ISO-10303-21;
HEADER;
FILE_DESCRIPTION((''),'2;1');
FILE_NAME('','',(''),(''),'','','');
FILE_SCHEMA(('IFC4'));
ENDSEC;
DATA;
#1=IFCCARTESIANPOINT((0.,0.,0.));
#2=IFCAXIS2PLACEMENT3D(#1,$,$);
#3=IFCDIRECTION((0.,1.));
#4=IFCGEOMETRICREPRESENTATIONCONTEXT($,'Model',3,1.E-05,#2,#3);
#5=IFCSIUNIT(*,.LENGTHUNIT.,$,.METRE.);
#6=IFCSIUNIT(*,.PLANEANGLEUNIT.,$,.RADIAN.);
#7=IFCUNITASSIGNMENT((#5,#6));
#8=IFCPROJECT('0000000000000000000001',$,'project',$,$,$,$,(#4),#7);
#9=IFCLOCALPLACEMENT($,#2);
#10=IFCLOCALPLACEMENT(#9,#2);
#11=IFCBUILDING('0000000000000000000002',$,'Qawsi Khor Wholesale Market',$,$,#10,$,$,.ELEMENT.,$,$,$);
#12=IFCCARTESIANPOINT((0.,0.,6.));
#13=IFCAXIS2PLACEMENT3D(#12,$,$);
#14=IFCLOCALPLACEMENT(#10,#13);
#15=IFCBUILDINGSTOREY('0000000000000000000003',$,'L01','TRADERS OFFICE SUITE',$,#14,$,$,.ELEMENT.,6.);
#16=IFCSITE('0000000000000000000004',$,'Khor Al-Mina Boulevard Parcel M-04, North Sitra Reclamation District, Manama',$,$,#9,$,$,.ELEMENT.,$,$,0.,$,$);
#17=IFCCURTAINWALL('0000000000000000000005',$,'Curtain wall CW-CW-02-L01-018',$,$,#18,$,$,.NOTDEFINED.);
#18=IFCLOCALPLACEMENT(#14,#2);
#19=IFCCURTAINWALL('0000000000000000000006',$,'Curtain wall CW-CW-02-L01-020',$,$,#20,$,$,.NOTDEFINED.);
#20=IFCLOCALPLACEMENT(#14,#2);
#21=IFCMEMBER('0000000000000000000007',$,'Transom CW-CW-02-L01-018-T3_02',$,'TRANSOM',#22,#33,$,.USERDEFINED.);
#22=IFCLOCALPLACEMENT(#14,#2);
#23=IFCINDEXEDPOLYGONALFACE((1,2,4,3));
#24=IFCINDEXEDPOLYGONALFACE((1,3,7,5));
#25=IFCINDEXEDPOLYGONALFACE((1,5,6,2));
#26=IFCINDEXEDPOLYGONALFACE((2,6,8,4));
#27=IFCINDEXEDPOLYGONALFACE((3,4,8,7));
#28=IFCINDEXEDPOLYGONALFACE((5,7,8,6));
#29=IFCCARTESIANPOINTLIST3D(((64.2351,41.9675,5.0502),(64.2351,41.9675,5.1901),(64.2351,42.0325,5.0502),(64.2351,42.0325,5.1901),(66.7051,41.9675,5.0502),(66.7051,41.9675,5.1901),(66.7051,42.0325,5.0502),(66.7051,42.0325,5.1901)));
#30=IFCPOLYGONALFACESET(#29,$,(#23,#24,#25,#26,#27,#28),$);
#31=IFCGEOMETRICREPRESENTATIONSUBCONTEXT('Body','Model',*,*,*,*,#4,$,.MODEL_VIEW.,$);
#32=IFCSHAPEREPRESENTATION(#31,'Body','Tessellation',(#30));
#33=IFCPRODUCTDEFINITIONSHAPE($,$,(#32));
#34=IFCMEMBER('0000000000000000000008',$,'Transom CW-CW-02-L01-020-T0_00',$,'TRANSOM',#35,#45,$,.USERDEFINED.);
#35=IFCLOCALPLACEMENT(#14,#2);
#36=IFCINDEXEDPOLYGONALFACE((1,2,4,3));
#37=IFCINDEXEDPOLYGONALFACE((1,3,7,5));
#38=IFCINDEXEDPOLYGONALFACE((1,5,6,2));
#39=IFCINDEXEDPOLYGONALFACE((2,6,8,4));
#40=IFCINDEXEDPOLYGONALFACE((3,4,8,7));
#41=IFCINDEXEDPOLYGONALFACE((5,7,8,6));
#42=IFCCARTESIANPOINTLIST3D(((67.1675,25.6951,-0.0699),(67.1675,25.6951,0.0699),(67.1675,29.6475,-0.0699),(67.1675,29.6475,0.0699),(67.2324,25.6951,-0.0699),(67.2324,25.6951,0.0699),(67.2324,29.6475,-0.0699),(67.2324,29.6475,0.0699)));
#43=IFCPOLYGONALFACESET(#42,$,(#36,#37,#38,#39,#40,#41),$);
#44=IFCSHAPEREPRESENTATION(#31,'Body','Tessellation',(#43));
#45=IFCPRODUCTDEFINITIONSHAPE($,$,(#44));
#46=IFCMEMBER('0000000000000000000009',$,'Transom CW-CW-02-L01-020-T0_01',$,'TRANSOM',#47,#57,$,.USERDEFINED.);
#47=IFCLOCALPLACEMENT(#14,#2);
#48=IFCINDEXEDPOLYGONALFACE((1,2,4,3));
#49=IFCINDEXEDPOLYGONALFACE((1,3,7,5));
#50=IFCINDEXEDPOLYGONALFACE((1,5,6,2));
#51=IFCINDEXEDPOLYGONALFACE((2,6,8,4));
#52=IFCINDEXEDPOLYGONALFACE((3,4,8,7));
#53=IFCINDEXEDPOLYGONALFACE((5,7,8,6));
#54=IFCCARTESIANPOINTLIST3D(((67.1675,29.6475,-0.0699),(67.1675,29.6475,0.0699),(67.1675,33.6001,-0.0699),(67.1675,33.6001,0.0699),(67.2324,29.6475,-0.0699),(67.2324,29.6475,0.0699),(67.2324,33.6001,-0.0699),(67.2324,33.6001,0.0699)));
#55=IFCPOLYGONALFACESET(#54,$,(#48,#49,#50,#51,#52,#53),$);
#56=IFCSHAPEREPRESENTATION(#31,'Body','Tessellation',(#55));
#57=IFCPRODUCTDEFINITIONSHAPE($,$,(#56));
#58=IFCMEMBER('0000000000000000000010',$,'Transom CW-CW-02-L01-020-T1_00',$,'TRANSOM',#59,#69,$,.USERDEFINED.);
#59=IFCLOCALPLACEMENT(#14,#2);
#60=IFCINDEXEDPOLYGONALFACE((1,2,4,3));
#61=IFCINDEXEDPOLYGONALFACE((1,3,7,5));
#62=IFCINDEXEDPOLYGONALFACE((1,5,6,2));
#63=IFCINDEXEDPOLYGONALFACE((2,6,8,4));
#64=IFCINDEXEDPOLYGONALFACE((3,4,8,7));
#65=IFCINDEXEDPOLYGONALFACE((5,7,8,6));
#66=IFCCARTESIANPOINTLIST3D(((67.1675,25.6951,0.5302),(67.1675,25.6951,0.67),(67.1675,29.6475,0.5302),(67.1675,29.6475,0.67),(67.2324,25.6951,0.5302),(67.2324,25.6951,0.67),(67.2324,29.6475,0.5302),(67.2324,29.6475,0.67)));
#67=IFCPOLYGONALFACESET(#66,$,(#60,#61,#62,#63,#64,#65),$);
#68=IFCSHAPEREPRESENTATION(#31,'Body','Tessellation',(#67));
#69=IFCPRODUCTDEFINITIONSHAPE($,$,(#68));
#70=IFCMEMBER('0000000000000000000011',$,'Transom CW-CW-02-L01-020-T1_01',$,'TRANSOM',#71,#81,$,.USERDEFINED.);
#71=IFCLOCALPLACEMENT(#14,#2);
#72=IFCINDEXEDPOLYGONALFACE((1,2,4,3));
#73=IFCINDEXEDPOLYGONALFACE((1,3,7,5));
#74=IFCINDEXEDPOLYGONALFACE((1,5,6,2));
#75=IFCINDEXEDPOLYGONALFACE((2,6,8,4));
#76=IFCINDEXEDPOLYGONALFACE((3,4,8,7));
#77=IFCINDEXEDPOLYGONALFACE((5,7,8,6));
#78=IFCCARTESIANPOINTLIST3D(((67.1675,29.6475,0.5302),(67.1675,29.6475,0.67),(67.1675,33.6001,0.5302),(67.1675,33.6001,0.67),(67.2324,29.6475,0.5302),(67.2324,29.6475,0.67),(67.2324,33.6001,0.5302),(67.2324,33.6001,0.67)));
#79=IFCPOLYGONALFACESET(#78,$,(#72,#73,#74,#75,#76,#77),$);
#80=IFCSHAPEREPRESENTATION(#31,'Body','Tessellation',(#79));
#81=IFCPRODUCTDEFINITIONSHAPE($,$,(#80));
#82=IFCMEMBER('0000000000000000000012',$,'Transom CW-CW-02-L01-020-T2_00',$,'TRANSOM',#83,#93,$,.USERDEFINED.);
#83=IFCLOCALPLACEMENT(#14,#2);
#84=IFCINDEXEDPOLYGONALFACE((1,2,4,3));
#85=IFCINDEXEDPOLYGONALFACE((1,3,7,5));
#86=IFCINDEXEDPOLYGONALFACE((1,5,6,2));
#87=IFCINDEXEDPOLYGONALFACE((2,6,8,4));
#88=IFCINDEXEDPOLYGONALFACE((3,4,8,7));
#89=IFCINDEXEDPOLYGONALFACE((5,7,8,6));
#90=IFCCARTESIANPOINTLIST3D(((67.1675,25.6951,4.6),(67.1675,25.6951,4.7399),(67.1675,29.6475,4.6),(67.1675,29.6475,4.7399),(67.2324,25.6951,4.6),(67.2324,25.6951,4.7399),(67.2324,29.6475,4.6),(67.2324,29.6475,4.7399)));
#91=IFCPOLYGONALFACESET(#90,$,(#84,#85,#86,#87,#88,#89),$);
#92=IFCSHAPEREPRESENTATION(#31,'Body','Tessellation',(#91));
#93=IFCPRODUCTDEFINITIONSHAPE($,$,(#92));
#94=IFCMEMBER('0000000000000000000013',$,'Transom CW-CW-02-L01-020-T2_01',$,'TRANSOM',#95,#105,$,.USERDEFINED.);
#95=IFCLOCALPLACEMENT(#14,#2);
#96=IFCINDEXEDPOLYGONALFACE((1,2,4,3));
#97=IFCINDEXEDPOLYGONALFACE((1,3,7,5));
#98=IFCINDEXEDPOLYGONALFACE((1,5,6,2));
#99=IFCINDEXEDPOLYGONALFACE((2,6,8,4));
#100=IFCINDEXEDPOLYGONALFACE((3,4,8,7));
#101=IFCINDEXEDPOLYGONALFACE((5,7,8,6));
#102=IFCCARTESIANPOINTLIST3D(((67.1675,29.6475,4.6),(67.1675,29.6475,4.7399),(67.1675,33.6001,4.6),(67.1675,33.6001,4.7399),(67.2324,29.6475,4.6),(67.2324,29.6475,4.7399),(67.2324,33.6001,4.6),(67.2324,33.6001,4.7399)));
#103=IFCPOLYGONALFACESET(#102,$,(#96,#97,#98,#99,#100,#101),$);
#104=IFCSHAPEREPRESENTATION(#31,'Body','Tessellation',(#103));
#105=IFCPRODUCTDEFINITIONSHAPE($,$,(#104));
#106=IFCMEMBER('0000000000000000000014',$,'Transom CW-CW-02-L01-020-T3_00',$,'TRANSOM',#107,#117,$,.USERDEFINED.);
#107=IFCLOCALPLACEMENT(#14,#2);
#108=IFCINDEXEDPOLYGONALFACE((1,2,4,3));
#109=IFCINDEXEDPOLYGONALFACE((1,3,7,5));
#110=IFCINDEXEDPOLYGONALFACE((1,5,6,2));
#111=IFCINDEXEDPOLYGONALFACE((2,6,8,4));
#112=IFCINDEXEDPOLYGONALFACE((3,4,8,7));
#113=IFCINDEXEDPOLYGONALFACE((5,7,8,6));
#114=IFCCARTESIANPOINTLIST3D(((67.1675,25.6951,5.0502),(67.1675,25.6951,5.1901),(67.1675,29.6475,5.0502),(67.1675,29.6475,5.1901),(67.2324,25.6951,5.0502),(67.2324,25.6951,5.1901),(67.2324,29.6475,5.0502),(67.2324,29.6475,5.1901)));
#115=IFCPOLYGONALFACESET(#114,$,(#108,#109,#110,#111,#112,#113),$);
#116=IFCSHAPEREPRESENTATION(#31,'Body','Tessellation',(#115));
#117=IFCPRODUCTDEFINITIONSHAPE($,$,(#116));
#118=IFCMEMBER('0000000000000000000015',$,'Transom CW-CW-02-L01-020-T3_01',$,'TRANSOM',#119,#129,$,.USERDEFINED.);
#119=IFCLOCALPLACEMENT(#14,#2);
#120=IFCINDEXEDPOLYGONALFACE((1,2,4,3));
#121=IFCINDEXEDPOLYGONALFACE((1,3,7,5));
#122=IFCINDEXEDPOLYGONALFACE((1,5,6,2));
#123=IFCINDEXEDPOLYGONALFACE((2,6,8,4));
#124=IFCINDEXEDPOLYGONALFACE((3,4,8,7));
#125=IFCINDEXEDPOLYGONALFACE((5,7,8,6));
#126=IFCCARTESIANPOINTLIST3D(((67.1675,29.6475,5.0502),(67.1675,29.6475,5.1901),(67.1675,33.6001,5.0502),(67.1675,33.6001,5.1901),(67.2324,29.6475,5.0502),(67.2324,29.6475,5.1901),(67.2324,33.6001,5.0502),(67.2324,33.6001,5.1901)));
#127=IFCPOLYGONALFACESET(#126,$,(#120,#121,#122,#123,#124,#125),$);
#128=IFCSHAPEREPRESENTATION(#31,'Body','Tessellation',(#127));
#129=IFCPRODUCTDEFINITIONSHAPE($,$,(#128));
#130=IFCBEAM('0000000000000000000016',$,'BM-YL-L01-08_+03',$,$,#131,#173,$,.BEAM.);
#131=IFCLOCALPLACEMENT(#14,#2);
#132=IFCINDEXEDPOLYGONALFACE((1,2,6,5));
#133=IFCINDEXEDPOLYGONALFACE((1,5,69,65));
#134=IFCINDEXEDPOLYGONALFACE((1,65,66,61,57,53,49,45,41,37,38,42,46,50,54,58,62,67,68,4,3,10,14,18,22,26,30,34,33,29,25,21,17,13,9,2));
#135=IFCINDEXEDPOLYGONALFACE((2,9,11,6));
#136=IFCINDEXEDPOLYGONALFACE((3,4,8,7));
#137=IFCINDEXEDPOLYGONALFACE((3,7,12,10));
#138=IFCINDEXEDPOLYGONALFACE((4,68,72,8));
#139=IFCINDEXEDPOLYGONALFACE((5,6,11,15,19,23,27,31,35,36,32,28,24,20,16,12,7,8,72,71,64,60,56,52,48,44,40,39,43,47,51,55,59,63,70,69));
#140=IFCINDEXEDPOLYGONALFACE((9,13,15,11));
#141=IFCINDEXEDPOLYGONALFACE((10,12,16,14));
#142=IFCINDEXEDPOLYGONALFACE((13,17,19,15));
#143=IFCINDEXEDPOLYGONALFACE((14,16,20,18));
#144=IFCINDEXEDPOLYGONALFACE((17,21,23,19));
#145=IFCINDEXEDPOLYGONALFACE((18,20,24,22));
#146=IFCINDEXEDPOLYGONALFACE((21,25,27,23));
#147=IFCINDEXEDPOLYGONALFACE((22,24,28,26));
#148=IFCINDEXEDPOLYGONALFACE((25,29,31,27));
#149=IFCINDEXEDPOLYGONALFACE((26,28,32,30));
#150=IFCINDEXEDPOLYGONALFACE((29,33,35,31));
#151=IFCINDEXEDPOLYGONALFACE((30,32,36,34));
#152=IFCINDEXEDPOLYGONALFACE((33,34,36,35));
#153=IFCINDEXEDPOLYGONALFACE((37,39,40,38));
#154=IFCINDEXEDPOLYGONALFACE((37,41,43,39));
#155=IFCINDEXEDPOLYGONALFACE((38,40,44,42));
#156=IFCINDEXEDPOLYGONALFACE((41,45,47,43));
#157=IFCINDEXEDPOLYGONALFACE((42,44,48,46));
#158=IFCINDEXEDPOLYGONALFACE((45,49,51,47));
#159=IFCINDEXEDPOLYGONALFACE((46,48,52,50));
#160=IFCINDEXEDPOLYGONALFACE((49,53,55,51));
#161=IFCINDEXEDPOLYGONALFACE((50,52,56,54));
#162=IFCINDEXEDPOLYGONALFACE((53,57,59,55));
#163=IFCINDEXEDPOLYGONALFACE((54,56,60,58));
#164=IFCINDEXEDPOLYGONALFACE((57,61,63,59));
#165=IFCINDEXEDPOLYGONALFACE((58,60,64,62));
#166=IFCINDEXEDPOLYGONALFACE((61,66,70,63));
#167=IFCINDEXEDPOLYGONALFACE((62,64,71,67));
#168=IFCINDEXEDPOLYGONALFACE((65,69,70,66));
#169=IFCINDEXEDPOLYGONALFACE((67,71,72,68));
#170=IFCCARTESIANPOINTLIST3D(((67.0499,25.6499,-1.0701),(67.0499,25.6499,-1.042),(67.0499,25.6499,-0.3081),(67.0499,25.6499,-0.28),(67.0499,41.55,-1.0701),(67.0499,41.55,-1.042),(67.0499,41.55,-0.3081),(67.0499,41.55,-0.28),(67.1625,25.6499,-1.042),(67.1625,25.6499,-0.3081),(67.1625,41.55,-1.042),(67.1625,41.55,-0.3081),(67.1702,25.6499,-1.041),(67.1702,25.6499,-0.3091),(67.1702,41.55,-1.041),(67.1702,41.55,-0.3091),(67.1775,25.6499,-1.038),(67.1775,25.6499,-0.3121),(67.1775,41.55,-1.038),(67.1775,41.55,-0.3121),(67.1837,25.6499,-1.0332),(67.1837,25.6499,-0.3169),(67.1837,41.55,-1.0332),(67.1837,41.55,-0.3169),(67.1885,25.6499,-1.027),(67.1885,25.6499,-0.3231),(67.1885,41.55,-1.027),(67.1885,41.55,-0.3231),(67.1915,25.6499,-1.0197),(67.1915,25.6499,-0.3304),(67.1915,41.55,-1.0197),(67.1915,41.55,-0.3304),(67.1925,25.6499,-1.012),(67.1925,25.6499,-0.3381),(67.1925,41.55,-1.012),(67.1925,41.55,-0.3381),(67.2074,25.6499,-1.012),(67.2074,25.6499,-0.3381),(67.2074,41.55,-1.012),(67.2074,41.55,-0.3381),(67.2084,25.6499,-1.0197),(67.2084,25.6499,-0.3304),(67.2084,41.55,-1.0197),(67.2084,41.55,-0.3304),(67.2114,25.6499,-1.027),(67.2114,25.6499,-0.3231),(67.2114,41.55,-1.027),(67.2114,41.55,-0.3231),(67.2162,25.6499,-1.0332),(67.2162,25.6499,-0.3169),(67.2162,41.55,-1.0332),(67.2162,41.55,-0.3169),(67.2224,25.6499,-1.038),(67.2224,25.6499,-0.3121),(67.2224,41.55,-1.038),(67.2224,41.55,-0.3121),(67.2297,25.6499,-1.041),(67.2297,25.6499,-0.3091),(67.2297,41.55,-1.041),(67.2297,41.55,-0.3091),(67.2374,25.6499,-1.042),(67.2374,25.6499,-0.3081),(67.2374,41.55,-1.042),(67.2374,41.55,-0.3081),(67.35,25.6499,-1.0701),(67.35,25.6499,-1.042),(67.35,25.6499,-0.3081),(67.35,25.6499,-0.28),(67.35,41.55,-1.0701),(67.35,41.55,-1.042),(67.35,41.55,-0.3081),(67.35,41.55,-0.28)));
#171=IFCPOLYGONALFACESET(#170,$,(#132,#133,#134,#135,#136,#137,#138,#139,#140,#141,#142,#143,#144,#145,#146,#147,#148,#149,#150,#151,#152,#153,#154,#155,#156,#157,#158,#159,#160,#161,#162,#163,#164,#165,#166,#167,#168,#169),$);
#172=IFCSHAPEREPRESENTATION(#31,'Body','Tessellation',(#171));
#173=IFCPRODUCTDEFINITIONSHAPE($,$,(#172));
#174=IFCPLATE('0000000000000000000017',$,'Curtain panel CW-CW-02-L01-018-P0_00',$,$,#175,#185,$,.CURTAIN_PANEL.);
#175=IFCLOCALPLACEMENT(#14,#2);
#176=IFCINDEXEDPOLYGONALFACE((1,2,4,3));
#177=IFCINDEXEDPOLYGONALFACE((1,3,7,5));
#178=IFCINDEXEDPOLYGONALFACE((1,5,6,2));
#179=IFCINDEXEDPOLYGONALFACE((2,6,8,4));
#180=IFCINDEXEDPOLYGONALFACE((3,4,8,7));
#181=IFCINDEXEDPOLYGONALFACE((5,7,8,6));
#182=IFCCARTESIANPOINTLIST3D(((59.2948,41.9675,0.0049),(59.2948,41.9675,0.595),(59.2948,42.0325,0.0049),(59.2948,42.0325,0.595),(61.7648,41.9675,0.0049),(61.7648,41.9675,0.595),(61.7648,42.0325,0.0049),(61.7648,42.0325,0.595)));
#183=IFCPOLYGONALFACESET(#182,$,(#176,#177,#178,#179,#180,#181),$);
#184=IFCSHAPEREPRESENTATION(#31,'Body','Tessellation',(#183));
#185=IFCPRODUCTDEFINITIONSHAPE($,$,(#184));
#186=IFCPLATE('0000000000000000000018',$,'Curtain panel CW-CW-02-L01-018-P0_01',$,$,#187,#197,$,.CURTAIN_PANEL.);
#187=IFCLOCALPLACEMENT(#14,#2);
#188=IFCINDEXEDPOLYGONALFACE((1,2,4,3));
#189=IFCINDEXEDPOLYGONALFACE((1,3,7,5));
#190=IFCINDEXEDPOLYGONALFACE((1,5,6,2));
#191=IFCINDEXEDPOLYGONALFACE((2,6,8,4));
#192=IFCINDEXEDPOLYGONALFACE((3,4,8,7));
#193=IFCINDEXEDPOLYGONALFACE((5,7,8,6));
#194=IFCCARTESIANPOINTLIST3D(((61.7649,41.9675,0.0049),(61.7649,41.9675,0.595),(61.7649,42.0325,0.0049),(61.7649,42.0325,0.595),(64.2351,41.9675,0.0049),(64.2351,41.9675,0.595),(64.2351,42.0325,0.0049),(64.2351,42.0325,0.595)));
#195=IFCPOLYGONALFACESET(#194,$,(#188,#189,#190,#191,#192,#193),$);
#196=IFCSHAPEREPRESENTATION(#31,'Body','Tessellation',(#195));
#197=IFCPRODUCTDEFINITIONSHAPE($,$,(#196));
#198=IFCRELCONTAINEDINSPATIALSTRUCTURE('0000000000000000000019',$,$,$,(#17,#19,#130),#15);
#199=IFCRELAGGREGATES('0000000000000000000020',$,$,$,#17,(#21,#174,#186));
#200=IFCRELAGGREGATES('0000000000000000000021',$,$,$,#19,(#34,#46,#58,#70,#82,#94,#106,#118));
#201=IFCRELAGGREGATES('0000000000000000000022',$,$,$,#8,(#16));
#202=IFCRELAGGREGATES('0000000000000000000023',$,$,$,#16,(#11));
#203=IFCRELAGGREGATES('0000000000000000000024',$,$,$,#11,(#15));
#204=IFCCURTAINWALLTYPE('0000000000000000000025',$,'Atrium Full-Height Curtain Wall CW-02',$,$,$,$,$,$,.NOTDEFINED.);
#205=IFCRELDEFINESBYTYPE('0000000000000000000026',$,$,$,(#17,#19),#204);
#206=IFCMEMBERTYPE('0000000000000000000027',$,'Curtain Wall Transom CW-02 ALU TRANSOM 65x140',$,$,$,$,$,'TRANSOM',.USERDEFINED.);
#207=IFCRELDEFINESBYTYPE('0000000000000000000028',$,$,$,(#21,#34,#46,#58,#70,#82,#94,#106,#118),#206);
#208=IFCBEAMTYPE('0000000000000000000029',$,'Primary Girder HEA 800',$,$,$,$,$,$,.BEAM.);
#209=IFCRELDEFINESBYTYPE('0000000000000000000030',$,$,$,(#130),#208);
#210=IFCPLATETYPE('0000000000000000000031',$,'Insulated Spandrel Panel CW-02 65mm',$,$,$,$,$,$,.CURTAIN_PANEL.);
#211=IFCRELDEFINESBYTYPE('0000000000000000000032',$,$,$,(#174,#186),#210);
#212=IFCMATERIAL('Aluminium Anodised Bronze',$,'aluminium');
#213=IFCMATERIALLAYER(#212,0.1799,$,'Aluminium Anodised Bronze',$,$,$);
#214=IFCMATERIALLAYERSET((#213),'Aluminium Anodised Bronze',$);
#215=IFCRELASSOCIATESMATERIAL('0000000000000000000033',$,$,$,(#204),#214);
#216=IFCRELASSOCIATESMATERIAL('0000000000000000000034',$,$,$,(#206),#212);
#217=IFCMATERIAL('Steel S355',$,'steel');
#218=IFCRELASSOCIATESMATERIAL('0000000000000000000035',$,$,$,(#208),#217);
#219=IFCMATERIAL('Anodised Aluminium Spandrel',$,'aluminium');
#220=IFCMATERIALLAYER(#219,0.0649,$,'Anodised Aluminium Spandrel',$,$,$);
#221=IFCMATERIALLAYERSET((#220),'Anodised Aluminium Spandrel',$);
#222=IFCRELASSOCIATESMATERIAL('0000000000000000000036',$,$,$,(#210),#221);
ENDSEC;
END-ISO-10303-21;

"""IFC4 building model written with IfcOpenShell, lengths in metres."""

from ifc_helpers import new_model, si_unit, direction, frame, frame_2d, origin, origin_2d, place, context, subcontext, project, spatial, rectangle, i_section, extrude, material, layer, layer_set, material_profile, profile_set, type_object, element, aggregate, save


model = new_model("IFC4")

# Units and contexts
model_context = context("Model", 3, precision=1e-05, world=origin(), true_north=direction((0.0, 1.0)))
body_context = subcontext(model_context, "Body", "Model", "MODEL_VIEW")
ifc_project = project(units=[si_unit("LENGTHUNIT", "METRE"), si_unit("PLANEANGLEUNIT", "RADIAN")], contexts=[model_context])

# Site, building, storey
site_placement = place(None, origin())
site = spatial("IfcSite", under=ifc_project, at=site_placement, Name="Khor Al-Mina Boulevard Parcel M-04, North Sitra Reclamation District, Manama", CompositionType="ELEMENT", RefElevation=0.0)
building_placement = place(site_placement, origin())
building = spatial("IfcBuilding", under=site, at=building_placement, Name="Qawsi Khor Wholesale Market", CompositionType="ELEMENT")
storey_placement = place(building_placement, frame((0.0, 0.0, 6.0)))
storey = spatial("IfcBuildingStorey", under=building, at=storey_placement, Name="L01", Description="TRADERS OFFICE SUITE", CompositionType="ELEMENT", Elevation=6.0)

# Curtain walls
ifc_material_1 = material(Name="Aluminium Anodised Bronze", Category="aluminium")
ifc_layer_1 = layer(ifc_material_1, 0.1799, Name="Aluminium Anodised Bronze")
ifc_layer_set_1 = layer_set([ifc_layer_1], Name="Aluminium Anodised Bronze")
curtain_wall_type = type_object("IfcCurtainWallType", Name="Atrium Full-Height Curtain Wall CW-02", PredefinedType="NOTDEFINED", material=ifc_layer_set_1)
curtain_wall_1_placement = place(storey_placement, origin())
curtain_wall_1 = element("IfcCurtainWall", 1, at=curtain_wall_1_placement, inside=storey, type_object=curtain_wall_type, Name="Curtain wall CW-CW-02-L01-018", PredefinedType="NOTDEFINED")
curtain_wall_2_placement = place(storey_placement, origin())
curtain_wall_2 = element("IfcCurtainWall", 2, at=curtain_wall_2_placement, inside=storey, type_object=curtain_wall_type, Name="Curtain wall CW-CW-02-L01-020", PredefinedType="NOTDEFINED")

# Members
ifc_material_profile_1 = material_profile(ifc_material_1, rectangle(XDim=0.0649, YDim=0.1399, at=origin_2d()), Name="ALU TRANSOM 65x140")
ifc_profile_set_1 = profile_set([ifc_material_profile_1], Name="Aluminium Anodised Bronze")
member_type_1 = type_object("IfcMemberType", Name="Curtain Wall Transom CW-02 ALU TRANSOM 65x140", ElementType="TRANSOM", PredefinedType="USERDEFINED", material=ifc_profile_set_1)
member_1_placement = place(storey_placement, frame((64.2351, 42.0, 5.1201), z_axis=(1.0, 0.0, 0.0), x_axis=(0.0, 1.0, 0.0)))
member_1 = element("IfcMember", 3, at=member_1_placement, type_object=member_type_1, Name="Transom CW-CW-02-L01-018-T3_02", ObjectType="TRANSOM", PredefinedType="USERDEFINED", context=body_context, shape_type="SweptSolid", body=[
    extrude(rectangle(XDim=0.0649, YDim=0.1399, at=origin_2d()), origin(), (0.0, 0.0, 1.0), 2.47),
])
member_2_placement = place(storey_placement, frame((67.2, 25.6951, 0.0), z_axis=(0.0, 1.0, 0.0), x_axis=(-1.0, 0.0, 0.0)))
member_2 = element("IfcMember", 4, at=member_2_placement, type_object=member_type_1, Name="Transom CW-CW-02-L01-020-T0_00", ObjectType="TRANSOM", PredefinedType="USERDEFINED", context=body_context, shape_type="SweptSolid", body=[
    extrude(rectangle(XDim=0.0649, YDim=0.1399, at=origin_2d()), origin(), (0.0, 0.0, 1.0), 3.9524),
])
member_3_placement = place(storey_placement, frame((67.2, 29.6475, 0.0), z_axis=(0.0, 1.0, 0.0), x_axis=(-1.0, 0.0, 0.0)))
member_3 = element("IfcMember", 5, at=member_3_placement, type_object=member_type_1, Name="Transom CW-CW-02-L01-020-T0_01", ObjectType="TRANSOM", PredefinedType="USERDEFINED", context=body_context, shape_type="SweptSolid", body=[
    extrude(rectangle(XDim=0.0649, YDim=0.1399, at=origin_2d()), origin(), (0.0, 0.0, 1.0), 3.9526),
])
member_4_placement = place(storey_placement, frame((67.2, 25.6951, 0.6001), z_axis=(0.0, 1.0, 0.0), x_axis=(-1.0, 0.0, 0.0)))
member_4 = element("IfcMember", 6, at=member_4_placement, type_object=member_type_1, Name="Transom CW-CW-02-L01-020-T1_00", ObjectType="TRANSOM", PredefinedType="USERDEFINED", context=body_context, shape_type="SweptSolid", body=[
    extrude(rectangle(XDim=0.0649, YDim=0.1399, at=origin_2d()), origin(), (0.0, 0.0, 1.0), 3.9524),
])
member_5_placement = place(storey_placement, frame((67.2, 29.6475, 0.6001), z_axis=(0.0, 1.0, 0.0), x_axis=(-1.0, 0.0, 0.0)))
member_5 = element("IfcMember", 7, at=member_5_placement, type_object=member_type_1, Name="Transom CW-CW-02-L01-020-T1_01", ObjectType="TRANSOM", PredefinedType="USERDEFINED", context=body_context, shape_type="SweptSolid", body=[
    extrude(rectangle(XDim=0.0649, YDim=0.1399, at=origin_2d()), origin(), (0.0, 0.0, 1.0), 3.9526),
])
member_6_placement = place(storey_placement, frame((67.2, 25.6951, 4.6699), z_axis=(0.0, 1.0, 0.0), x_axis=(-1.0, 0.0, 0.0)))
member_6 = element("IfcMember", 8, at=member_6_placement, type_object=member_type_1, Name="Transom CW-CW-02-L01-020-T2_00", ObjectType="TRANSOM", PredefinedType="USERDEFINED", context=body_context, shape_type="SweptSolid", body=[
    extrude(rectangle(XDim=0.0649, YDim=0.1399, at=origin_2d()), origin(), (0.0, 0.0, 1.0), 3.9524),
])
member_7_placement = place(storey_placement, frame((67.2, 29.6475, 4.6699), z_axis=(0.0, 1.0, 0.0), x_axis=(-1.0, 0.0, 0.0)))
member_7 = element("IfcMember", 9, at=member_7_placement, type_object=member_type_1, Name="Transom CW-CW-02-L01-020-T2_01", ObjectType="TRANSOM", PredefinedType="USERDEFINED", context=body_context, shape_type="SweptSolid", body=[
    extrude(rectangle(XDim=0.0649, YDim=0.1399, at=origin_2d()), origin(), (0.0, 0.0, 1.0), 3.9526),
])
member_8_placement = place(storey_placement, frame((67.2, 25.6951, 5.1201), z_axis=(0.0, 1.0, 0.0), x_axis=(-1.0, 0.0, 0.0)))
member_8 = element("IfcMember", 10, at=member_8_placement, type_object=member_type_1, Name="Transom CW-CW-02-L01-020-T3_00", ObjectType="TRANSOM", PredefinedType="USERDEFINED", context=body_context, shape_type="SweptSolid", body=[
    extrude(rectangle(XDim=0.0649, YDim=0.1399, at=origin_2d()), origin(), (0.0, 0.0, 1.0), 3.9524),
])
member_9_placement = place(storey_placement, frame((67.2, 29.6475, 5.1201), z_axis=(0.0, 1.0, 0.0), x_axis=(-1.0, 0.0, 0.0)))
member_9 = element("IfcMember", 11, at=member_9_placement, type_object=member_type_1, Name="Transom CW-CW-02-L01-020-T3_01", ObjectType="TRANSOM", PredefinedType="USERDEFINED", context=body_context, shape_type="SweptSolid", body=[
    extrude(rectangle(XDim=0.0649, YDim=0.1399, at=origin_2d()), origin(), (0.0, 0.0, 1.0), 3.9526),
])

# Beam
ifc_material_2 = material(Name="Steel S355", Category="steel")
ifc_material_profile_2 = material_profile(ifc_material_2, i_section(OverallWidth=0.3, OverallDepth=0.79, WebThickness=0.0149, FlangeThickness=0.0281, FilletRadius=0.03, at=origin_2d()), Name="HEA 800")
ifc_profile_set_2 = profile_set([ifc_material_profile_2], Name="Steel S355")
beam_type = type_object("IfcBeamType", Name="Primary Girder HEA 800", PredefinedType="BEAM", material=ifc_profile_set_2)
beam_placement = place(storey_placement, frame((67.2, 25.6499, -0.675), z_axis=(0.0, 1.0, 0.0), x_axis=(-1.0, 0.0, 0.0)))
element("IfcBeam", 12, at=beam_placement, inside=storey, type_object=beam_type, Name="BM-YL-L01-08_+03", PredefinedType="BEAM", context=body_context, shape_type="SweptSolid", body=[
    extrude(i_section(OverallWidth=0.3, OverallDepth=0.79, WebThickness=0.0149, FlangeThickness=0.0281, FilletRadius=0.03, at=origin_2d()), origin(), (0.0, 0.0, 1.0), 15.9001),
])

# Plates
ifc_material_3 = material(Name="Anodised Aluminium Spandrel", Category="aluminium")
ifc_layer_2 = layer(ifc_material_3, 0.0649, Name="Anodised Aluminium Spandrel")
ifc_layer_set_2 = layer_set([ifc_layer_2], Name="Anodised Aluminium Spandrel")
plate_type_1 = type_object("IfcPlateType", Name="Insulated Spandrel Panel CW-02 65mm", PredefinedType="CURTAIN_PANEL", material=ifc_layer_set_2)
plate_1_placement = place(storey_placement, frame((59.2949, 42.0, 0.0049), z_axis=(0.0, 0.0, 1.0), x_axis=(1.0, 0.0, 0.0)))
plate_1 = element("IfcPlate", 13, at=plate_1_placement, type_object=plate_type_1, Name="Curtain panel CW-CW-02-L01-018-P0_00", PredefinedType="CURTAIN_PANEL", context=body_context, shape_type="SweptSolid", body=[
    extrude(rectangle(XDim=2.47, YDim=0.0649, at=frame_2d((1.2349, 0.0))), origin(), (0.0, 0.0, 1.0), 0.5901),
])
plate_2_placement = place(storey_placement, frame((61.7649, 42.0, 0.0049), z_axis=(0.0, 0.0, 1.0), x_axis=(1.0, 0.0, 0.0)))
plate_2 = element("IfcPlate", 14, at=plate_2_placement, type_object=plate_type_1, Name="Curtain panel CW-CW-02-L01-018-P0_01", PredefinedType="CURTAIN_PANEL", context=body_context, shape_type="SweptSolid", body=[
    extrude(rectangle(XDim=2.4702, YDim=0.0649, at=frame_2d((1.2351, 0.0))), origin(), (0.0, 0.0, 1.0), 0.5901),
])
aggregate(curtain_wall_1, [member_1, plate_1, plate_2])
aggregate(curtain_wall_2, [member_2, member_3, member_4, member_5, member_6, member_7, member_8, member_9])

save(model, "model.ifc")
